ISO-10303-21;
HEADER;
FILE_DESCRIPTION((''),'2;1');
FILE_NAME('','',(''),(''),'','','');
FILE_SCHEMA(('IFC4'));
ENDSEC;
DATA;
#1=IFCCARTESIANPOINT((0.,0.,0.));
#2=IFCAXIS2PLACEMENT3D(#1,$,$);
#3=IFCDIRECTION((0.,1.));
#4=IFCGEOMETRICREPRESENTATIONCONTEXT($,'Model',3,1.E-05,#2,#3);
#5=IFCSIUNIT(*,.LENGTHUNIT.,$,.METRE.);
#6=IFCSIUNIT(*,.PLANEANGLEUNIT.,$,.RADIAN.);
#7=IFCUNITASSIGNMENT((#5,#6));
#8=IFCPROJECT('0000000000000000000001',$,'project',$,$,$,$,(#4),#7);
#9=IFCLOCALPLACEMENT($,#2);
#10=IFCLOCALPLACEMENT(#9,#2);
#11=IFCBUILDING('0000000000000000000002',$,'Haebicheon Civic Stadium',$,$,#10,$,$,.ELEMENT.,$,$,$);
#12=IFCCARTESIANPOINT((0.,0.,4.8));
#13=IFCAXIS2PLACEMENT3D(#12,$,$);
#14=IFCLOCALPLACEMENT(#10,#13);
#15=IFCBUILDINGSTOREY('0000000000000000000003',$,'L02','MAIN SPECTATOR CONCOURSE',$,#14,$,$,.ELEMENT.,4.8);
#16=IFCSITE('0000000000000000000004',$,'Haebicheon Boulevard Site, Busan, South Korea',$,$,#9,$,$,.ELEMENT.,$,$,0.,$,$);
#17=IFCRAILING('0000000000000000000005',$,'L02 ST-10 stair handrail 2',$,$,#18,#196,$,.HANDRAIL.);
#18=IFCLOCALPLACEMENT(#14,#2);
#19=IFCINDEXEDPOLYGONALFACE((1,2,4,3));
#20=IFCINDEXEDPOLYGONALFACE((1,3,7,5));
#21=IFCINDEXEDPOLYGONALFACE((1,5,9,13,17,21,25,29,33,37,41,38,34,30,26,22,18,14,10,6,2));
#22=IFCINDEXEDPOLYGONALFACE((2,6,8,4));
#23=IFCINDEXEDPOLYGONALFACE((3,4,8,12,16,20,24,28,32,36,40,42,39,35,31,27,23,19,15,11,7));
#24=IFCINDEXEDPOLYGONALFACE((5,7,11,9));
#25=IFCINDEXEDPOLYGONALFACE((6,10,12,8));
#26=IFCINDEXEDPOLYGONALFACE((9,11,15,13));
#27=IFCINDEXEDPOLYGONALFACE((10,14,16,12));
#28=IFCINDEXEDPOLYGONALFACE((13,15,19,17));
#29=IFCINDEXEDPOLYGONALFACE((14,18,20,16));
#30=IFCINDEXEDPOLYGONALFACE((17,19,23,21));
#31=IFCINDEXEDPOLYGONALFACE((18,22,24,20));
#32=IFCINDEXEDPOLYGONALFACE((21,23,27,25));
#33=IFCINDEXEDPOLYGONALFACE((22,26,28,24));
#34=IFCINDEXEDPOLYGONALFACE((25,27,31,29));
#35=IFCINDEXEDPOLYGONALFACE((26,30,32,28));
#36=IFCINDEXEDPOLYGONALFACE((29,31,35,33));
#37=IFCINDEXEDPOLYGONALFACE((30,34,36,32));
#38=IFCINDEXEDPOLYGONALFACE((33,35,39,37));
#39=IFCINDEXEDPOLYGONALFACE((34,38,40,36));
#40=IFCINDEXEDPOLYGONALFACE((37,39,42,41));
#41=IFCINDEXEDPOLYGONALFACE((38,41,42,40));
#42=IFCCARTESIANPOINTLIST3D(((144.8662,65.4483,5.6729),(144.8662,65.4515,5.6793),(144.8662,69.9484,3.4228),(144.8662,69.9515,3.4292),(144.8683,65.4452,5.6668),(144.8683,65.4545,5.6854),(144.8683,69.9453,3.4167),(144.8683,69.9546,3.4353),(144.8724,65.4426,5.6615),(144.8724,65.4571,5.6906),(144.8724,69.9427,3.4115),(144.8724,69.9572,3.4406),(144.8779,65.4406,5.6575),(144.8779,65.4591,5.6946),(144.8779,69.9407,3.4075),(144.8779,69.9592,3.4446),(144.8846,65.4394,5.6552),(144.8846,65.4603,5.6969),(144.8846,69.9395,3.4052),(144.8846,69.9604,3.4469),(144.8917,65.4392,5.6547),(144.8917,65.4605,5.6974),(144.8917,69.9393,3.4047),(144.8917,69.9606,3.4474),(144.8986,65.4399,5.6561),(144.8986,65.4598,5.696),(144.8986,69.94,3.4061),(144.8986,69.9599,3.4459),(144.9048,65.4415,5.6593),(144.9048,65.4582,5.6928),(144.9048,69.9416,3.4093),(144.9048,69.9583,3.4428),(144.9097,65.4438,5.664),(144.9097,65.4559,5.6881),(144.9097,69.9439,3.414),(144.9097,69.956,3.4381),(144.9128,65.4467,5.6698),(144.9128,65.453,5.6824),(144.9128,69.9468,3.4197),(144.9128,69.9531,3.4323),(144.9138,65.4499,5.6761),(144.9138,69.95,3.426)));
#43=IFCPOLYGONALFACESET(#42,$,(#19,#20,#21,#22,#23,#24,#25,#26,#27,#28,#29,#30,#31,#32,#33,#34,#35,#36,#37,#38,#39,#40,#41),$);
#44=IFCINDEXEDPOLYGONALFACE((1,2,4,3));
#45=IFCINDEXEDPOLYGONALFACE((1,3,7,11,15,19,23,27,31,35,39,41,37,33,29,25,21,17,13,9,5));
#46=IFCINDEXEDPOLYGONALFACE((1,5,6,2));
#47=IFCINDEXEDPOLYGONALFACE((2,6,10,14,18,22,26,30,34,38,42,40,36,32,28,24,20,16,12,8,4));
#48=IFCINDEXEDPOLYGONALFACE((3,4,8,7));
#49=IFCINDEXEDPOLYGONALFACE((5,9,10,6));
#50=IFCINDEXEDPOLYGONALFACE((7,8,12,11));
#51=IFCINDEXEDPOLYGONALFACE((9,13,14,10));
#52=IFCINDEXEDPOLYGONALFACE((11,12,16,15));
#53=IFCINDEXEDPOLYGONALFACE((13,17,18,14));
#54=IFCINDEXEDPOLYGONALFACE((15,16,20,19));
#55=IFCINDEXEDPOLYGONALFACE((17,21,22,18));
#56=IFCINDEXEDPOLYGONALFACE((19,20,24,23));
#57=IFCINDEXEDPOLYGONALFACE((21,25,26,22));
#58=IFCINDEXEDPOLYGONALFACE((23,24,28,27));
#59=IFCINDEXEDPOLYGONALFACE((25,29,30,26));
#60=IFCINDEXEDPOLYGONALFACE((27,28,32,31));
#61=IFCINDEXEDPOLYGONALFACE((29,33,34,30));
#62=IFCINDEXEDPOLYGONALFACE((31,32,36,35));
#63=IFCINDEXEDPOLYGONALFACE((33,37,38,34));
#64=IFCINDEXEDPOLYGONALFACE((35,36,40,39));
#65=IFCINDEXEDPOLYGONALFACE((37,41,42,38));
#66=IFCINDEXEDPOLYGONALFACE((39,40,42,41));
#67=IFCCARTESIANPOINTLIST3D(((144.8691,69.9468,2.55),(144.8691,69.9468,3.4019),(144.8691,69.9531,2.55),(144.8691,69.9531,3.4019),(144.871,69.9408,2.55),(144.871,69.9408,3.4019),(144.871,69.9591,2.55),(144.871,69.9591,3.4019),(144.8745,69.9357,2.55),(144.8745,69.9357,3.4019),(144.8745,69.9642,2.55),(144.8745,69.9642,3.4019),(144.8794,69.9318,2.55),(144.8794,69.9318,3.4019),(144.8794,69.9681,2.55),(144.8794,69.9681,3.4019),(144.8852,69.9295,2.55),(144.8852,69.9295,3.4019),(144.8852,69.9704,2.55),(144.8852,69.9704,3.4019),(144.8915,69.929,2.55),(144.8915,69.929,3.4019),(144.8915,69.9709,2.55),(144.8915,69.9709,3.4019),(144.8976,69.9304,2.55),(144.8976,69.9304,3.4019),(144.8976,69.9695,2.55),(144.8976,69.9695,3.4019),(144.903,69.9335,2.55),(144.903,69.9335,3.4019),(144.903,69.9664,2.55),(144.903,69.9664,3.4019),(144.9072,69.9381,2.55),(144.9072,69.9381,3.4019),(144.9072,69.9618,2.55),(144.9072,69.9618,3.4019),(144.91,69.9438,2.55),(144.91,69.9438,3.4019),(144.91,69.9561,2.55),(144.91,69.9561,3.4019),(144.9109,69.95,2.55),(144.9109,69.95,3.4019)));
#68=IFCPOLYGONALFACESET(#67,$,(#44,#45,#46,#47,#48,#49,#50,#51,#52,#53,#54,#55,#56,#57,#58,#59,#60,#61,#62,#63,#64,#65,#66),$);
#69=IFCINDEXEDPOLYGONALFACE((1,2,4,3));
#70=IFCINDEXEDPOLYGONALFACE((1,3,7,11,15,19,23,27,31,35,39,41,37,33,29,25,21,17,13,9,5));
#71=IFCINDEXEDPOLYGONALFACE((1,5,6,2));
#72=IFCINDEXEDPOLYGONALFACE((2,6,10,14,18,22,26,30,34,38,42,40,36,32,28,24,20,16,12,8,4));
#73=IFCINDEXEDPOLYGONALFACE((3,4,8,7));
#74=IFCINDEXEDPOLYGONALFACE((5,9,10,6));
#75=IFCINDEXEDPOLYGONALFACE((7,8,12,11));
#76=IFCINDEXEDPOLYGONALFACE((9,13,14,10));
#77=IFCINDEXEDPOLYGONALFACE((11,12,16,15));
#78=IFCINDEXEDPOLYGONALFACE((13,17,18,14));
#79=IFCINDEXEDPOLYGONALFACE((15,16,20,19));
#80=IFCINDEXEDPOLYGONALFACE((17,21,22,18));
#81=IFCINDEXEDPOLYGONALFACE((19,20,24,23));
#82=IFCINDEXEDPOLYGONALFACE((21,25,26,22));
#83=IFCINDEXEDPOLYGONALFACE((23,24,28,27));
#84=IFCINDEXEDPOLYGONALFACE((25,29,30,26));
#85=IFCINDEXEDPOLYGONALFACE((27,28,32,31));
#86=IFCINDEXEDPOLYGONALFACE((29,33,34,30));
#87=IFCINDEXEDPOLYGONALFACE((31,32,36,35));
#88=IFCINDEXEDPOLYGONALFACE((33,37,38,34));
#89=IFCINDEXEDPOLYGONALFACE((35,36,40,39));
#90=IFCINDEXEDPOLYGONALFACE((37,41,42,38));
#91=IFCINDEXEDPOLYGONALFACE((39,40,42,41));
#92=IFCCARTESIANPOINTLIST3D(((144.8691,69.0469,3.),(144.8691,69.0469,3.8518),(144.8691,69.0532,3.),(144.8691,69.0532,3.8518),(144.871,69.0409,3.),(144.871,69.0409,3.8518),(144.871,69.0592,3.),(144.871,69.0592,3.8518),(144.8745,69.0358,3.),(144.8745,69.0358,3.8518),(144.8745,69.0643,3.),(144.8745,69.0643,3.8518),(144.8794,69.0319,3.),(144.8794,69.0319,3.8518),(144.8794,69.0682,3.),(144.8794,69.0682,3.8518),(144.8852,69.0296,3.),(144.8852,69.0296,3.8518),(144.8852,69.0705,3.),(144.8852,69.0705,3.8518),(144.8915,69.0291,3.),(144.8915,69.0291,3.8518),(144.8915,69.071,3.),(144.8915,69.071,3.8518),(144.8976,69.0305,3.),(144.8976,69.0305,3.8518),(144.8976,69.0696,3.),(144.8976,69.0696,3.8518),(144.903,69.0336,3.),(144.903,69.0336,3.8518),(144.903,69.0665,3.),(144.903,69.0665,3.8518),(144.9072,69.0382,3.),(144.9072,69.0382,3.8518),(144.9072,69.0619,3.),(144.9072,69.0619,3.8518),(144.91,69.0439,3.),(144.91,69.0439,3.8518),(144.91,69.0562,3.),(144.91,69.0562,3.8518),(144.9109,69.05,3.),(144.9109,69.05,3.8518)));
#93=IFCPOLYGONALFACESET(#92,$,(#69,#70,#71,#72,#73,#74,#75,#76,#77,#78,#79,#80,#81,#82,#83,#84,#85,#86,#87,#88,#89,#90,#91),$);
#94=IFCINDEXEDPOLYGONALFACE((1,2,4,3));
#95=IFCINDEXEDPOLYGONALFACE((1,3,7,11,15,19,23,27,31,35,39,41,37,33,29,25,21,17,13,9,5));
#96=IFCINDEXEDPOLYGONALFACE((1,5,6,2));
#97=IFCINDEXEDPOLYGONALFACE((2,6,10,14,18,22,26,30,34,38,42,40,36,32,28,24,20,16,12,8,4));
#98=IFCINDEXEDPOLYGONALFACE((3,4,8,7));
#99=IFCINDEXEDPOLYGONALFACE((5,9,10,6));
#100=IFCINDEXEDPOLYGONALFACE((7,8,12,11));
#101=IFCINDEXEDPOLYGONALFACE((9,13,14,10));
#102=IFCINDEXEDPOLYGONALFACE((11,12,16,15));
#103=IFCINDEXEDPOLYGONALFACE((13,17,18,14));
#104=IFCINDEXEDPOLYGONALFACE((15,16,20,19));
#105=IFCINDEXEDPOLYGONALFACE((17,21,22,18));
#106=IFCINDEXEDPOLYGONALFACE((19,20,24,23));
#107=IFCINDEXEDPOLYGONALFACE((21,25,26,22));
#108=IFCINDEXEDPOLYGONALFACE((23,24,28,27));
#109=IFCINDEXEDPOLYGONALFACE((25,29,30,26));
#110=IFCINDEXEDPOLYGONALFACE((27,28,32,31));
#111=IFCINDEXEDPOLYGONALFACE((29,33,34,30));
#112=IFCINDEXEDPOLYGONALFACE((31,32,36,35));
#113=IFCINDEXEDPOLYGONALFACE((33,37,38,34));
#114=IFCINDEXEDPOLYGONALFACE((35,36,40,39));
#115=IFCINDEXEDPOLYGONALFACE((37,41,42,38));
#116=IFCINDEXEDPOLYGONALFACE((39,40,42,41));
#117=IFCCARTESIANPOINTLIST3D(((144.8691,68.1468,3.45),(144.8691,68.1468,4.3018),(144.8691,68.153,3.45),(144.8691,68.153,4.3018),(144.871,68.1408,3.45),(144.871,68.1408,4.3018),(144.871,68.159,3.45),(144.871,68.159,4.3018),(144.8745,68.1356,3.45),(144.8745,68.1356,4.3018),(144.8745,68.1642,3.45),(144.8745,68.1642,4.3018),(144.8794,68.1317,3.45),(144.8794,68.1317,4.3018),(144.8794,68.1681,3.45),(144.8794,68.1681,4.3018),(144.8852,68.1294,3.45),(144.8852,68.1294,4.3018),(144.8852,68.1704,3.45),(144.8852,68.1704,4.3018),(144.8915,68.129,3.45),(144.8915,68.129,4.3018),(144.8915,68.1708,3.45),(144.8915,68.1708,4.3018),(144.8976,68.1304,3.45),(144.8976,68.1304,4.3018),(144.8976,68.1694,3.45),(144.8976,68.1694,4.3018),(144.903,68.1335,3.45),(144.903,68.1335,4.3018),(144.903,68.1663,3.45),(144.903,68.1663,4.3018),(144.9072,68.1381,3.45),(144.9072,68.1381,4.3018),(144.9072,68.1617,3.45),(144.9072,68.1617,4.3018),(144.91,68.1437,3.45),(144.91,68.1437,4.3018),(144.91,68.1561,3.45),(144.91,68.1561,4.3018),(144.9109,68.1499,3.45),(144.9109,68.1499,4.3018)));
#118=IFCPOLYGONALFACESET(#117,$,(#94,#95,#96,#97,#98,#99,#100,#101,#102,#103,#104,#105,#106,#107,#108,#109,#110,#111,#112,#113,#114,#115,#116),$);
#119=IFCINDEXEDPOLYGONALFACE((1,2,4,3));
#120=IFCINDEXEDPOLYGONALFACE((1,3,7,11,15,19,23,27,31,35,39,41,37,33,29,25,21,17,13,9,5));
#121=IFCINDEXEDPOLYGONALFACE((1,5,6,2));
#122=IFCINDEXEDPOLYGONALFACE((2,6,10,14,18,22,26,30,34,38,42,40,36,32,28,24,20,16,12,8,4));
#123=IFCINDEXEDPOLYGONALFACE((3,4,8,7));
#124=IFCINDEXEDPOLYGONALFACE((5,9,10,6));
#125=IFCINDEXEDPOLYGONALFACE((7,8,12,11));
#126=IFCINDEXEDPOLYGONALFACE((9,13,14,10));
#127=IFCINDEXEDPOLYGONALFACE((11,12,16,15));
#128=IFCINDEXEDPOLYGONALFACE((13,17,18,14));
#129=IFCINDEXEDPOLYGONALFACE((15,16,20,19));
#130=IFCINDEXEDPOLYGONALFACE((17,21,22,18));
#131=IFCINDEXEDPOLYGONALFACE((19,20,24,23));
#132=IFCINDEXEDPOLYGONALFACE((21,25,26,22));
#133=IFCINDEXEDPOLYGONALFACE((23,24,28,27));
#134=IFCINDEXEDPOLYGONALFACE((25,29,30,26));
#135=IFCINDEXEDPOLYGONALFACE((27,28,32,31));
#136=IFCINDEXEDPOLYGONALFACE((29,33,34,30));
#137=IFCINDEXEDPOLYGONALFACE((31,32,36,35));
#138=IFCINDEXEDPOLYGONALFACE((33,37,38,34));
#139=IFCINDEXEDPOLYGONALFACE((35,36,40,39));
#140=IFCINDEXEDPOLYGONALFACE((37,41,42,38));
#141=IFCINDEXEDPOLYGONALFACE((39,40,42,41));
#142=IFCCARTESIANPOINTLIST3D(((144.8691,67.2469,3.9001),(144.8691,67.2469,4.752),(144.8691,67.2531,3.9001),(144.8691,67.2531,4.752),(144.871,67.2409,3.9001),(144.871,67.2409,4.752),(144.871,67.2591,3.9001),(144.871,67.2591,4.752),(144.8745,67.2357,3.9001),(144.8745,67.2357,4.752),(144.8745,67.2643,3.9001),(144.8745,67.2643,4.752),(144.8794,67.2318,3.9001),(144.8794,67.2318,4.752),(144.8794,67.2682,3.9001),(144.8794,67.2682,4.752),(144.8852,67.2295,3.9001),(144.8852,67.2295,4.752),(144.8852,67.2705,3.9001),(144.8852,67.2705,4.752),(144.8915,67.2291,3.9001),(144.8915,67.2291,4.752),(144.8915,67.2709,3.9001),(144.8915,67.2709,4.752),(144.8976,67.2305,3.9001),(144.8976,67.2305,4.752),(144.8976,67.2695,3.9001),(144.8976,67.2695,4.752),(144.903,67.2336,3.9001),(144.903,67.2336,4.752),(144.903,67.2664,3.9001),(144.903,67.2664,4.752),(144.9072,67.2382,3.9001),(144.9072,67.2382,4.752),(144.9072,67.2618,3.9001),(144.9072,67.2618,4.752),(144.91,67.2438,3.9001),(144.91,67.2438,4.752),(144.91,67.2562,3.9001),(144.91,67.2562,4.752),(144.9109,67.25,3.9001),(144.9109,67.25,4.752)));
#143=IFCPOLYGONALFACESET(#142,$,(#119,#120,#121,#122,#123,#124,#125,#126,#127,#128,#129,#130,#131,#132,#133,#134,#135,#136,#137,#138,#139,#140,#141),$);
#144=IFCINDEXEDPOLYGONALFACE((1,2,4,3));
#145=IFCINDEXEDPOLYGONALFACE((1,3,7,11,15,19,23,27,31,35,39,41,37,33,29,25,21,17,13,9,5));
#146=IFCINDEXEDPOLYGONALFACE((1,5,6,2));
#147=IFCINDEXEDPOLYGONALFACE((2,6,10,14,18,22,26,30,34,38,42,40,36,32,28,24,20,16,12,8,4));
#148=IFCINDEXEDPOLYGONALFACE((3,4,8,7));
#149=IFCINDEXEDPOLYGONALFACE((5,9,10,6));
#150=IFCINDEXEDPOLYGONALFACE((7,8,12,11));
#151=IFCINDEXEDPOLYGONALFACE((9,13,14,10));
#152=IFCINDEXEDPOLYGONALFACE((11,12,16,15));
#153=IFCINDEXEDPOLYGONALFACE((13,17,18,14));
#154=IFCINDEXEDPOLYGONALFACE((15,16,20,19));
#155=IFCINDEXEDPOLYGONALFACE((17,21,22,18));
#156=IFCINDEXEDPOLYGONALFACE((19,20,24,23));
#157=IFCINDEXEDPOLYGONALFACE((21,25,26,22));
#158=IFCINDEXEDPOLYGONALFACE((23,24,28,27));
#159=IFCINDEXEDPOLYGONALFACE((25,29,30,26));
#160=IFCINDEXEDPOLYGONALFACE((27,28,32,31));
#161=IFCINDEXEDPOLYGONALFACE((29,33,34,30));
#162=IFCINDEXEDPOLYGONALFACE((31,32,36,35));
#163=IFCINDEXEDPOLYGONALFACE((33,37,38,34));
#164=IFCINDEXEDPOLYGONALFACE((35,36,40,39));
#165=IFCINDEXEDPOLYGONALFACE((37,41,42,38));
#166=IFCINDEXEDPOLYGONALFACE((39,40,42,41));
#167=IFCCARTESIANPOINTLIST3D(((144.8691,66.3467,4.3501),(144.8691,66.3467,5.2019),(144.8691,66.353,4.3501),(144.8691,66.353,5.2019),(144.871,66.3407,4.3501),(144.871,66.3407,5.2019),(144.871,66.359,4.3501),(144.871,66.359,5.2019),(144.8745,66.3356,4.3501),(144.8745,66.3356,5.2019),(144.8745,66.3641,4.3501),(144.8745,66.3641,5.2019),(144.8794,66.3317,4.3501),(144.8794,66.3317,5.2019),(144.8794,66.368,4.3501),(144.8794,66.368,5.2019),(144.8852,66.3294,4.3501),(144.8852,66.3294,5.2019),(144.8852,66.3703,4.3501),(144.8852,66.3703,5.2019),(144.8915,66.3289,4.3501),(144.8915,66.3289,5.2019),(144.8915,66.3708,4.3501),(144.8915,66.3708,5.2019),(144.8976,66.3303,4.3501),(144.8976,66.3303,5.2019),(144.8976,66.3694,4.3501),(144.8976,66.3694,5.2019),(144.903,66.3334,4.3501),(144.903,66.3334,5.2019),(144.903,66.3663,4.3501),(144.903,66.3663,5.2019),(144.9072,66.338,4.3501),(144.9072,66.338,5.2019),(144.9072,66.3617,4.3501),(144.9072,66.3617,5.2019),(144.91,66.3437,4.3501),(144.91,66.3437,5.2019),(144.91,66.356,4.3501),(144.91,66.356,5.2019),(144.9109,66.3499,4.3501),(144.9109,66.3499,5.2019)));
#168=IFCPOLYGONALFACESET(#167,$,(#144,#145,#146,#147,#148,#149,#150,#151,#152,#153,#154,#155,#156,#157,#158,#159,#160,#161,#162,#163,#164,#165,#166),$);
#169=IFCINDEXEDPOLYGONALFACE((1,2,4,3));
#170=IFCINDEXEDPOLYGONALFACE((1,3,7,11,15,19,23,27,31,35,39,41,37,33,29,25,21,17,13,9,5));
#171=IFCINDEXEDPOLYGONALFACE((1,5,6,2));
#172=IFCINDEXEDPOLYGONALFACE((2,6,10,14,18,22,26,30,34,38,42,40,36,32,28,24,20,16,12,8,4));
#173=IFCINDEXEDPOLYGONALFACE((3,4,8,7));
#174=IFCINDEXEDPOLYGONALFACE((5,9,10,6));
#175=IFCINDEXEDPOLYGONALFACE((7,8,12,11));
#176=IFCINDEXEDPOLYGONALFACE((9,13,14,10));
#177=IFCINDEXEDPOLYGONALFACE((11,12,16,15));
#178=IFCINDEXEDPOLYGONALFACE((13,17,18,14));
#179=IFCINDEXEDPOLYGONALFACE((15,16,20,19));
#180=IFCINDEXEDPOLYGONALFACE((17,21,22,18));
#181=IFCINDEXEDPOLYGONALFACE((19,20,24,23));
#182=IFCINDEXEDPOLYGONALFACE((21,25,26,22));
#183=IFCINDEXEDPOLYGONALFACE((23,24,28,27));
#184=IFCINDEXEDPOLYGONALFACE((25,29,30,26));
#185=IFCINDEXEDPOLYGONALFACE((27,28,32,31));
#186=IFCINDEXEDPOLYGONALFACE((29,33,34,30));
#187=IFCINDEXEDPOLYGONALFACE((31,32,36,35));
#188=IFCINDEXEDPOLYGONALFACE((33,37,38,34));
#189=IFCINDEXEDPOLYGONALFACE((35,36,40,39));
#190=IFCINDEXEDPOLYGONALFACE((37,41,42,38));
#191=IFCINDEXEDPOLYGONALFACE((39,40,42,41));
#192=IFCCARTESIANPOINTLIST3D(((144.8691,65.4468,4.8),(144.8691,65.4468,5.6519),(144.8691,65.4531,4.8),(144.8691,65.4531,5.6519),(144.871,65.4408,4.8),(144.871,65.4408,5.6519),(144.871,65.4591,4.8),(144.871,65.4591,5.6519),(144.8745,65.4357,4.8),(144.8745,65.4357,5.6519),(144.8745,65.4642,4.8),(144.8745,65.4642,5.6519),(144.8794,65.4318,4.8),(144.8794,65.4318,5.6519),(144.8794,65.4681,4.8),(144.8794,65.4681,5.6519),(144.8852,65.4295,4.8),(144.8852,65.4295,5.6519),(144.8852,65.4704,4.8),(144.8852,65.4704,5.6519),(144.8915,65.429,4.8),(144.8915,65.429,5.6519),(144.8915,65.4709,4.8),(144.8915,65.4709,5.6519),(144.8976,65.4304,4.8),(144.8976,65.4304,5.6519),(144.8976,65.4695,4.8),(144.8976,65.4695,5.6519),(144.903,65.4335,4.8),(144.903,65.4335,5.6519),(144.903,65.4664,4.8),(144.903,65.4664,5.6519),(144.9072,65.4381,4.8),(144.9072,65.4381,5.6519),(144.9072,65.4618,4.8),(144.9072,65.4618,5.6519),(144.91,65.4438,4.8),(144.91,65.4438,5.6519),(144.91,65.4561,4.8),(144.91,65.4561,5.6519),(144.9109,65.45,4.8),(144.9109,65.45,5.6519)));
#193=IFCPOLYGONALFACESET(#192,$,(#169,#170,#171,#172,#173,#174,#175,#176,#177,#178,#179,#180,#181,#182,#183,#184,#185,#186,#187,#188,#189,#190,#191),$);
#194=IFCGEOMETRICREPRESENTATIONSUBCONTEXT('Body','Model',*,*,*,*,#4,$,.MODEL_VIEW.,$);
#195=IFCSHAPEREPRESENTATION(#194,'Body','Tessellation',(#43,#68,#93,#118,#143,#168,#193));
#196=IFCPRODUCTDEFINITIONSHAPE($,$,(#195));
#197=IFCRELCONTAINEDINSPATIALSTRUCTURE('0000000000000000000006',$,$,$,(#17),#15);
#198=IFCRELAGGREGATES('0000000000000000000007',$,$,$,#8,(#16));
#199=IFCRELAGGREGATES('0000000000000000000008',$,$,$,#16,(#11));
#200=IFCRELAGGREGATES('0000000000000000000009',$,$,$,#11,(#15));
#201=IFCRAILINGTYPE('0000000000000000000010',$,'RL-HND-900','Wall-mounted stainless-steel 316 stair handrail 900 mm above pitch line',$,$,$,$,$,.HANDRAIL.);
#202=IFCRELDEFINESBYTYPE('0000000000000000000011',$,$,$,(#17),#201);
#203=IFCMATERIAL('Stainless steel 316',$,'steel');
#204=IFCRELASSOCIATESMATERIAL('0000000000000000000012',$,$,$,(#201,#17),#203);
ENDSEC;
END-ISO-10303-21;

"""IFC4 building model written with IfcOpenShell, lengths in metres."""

from ifc_helpers import new_model, si_unit, direction, frame, origin, origin_2d, place, context, subcontext, project, spatial, circle, extrude, material, type_object, element, save


model = new_model("IFC4")

# Units and contexts
model_context = context("Model", 3, precision=1e-05, world=origin(), true_north=direction((0.0, 1.0)))
body_context = subcontext(model_context, "Body", "Model", "MODEL_VIEW")
ifc_project = project(units=[si_unit("LENGTHUNIT", "METRE"), si_unit("PLANEANGLEUNIT", "RADIAN")], contexts=[model_context])

# Site, building, storey
site_placement = place(None, origin())
site = spatial("IfcSite", under=ifc_project, at=site_placement, Name="Haebicheon Boulevard Site, Busan, South Korea", CompositionType="ELEMENT", RefElevation=0.0)
building_placement = place(site_placement, origin())
building = spatial("IfcBuilding", under=site, at=building_placement, Name="Haebicheon Civic Stadium", CompositionType="ELEMENT")
storey_placement = place(building_placement, frame((0.0, 0.0, 4.8)))
storey = spatial("IfcBuildingStorey", under=building, at=storey_placement, Name="L02", Description="MAIN SPECTATOR CONCOURSE", CompositionType="ELEMENT", Elevation=4.8)

# Railing
ifc_material_1 = material(Name="Stainless steel 316", Category="steel")
railing_type_1 = type_object("IfcRailingType", Name="RL-HND-900", Description="Wall-mounted stainless-steel 316 stair handrail 900 mm above pitch line", PredefinedType="HANDRAIL", material=ifc_material_1)
railing_1_placement = place(storey_placement, frame((144.8899, 69.95, 2.55)))
element("IfcRailing", 1, at=railing_1_placement, inside=storey, type_object=railing_type_1, material=ifc_material_1, Name="L02 ST-10 stair handrail 2", PredefinedType="HANDRAIL", context=body_context, shape_type="SweptSolid", body=[
    extrude(circle(Radius=0.0239, at=origin_2d()), frame((0.0, 0.0, 0.876), z_axis=(0.0, -0.894427, 0.447214), x_axis=(1.0, 0.0, 0.0)), (0.0, 0.0, 1.0), 5.0312),
    extrude(circle(Radius=0.021, at=origin_2d()), origin(), (0.0, 0.0, 1.0), 0.8518),
    extrude(circle(Radius=0.021, at=origin_2d()), frame((0.0, -0.8999, 0.45)), (0.0, 0.0, 1.0), 0.8518),
    extrude(circle(Radius=0.021, at=origin_2d()), frame((0.0, -1.8, 0.8999)), (0.0, 0.0, 1.0), 0.8518),
    extrude(circle(Radius=0.021, at=origin_2d()), frame((0.0, -2.7, 1.3501)), (0.0, 0.0, 1.0), 0.8518),
    extrude(circle(Radius=0.021, at=origin_2d()), frame((0.0, -3.6001, 1.8)), (0.0, 0.0, 1.0), 0.8518),
    extrude(circle(Radius=0.021, at=origin_2d()), frame((0.0, -4.5, 2.25)), (0.0, 0.0, 1.0), 0.8518),
])

save(model, "model.ifc")
